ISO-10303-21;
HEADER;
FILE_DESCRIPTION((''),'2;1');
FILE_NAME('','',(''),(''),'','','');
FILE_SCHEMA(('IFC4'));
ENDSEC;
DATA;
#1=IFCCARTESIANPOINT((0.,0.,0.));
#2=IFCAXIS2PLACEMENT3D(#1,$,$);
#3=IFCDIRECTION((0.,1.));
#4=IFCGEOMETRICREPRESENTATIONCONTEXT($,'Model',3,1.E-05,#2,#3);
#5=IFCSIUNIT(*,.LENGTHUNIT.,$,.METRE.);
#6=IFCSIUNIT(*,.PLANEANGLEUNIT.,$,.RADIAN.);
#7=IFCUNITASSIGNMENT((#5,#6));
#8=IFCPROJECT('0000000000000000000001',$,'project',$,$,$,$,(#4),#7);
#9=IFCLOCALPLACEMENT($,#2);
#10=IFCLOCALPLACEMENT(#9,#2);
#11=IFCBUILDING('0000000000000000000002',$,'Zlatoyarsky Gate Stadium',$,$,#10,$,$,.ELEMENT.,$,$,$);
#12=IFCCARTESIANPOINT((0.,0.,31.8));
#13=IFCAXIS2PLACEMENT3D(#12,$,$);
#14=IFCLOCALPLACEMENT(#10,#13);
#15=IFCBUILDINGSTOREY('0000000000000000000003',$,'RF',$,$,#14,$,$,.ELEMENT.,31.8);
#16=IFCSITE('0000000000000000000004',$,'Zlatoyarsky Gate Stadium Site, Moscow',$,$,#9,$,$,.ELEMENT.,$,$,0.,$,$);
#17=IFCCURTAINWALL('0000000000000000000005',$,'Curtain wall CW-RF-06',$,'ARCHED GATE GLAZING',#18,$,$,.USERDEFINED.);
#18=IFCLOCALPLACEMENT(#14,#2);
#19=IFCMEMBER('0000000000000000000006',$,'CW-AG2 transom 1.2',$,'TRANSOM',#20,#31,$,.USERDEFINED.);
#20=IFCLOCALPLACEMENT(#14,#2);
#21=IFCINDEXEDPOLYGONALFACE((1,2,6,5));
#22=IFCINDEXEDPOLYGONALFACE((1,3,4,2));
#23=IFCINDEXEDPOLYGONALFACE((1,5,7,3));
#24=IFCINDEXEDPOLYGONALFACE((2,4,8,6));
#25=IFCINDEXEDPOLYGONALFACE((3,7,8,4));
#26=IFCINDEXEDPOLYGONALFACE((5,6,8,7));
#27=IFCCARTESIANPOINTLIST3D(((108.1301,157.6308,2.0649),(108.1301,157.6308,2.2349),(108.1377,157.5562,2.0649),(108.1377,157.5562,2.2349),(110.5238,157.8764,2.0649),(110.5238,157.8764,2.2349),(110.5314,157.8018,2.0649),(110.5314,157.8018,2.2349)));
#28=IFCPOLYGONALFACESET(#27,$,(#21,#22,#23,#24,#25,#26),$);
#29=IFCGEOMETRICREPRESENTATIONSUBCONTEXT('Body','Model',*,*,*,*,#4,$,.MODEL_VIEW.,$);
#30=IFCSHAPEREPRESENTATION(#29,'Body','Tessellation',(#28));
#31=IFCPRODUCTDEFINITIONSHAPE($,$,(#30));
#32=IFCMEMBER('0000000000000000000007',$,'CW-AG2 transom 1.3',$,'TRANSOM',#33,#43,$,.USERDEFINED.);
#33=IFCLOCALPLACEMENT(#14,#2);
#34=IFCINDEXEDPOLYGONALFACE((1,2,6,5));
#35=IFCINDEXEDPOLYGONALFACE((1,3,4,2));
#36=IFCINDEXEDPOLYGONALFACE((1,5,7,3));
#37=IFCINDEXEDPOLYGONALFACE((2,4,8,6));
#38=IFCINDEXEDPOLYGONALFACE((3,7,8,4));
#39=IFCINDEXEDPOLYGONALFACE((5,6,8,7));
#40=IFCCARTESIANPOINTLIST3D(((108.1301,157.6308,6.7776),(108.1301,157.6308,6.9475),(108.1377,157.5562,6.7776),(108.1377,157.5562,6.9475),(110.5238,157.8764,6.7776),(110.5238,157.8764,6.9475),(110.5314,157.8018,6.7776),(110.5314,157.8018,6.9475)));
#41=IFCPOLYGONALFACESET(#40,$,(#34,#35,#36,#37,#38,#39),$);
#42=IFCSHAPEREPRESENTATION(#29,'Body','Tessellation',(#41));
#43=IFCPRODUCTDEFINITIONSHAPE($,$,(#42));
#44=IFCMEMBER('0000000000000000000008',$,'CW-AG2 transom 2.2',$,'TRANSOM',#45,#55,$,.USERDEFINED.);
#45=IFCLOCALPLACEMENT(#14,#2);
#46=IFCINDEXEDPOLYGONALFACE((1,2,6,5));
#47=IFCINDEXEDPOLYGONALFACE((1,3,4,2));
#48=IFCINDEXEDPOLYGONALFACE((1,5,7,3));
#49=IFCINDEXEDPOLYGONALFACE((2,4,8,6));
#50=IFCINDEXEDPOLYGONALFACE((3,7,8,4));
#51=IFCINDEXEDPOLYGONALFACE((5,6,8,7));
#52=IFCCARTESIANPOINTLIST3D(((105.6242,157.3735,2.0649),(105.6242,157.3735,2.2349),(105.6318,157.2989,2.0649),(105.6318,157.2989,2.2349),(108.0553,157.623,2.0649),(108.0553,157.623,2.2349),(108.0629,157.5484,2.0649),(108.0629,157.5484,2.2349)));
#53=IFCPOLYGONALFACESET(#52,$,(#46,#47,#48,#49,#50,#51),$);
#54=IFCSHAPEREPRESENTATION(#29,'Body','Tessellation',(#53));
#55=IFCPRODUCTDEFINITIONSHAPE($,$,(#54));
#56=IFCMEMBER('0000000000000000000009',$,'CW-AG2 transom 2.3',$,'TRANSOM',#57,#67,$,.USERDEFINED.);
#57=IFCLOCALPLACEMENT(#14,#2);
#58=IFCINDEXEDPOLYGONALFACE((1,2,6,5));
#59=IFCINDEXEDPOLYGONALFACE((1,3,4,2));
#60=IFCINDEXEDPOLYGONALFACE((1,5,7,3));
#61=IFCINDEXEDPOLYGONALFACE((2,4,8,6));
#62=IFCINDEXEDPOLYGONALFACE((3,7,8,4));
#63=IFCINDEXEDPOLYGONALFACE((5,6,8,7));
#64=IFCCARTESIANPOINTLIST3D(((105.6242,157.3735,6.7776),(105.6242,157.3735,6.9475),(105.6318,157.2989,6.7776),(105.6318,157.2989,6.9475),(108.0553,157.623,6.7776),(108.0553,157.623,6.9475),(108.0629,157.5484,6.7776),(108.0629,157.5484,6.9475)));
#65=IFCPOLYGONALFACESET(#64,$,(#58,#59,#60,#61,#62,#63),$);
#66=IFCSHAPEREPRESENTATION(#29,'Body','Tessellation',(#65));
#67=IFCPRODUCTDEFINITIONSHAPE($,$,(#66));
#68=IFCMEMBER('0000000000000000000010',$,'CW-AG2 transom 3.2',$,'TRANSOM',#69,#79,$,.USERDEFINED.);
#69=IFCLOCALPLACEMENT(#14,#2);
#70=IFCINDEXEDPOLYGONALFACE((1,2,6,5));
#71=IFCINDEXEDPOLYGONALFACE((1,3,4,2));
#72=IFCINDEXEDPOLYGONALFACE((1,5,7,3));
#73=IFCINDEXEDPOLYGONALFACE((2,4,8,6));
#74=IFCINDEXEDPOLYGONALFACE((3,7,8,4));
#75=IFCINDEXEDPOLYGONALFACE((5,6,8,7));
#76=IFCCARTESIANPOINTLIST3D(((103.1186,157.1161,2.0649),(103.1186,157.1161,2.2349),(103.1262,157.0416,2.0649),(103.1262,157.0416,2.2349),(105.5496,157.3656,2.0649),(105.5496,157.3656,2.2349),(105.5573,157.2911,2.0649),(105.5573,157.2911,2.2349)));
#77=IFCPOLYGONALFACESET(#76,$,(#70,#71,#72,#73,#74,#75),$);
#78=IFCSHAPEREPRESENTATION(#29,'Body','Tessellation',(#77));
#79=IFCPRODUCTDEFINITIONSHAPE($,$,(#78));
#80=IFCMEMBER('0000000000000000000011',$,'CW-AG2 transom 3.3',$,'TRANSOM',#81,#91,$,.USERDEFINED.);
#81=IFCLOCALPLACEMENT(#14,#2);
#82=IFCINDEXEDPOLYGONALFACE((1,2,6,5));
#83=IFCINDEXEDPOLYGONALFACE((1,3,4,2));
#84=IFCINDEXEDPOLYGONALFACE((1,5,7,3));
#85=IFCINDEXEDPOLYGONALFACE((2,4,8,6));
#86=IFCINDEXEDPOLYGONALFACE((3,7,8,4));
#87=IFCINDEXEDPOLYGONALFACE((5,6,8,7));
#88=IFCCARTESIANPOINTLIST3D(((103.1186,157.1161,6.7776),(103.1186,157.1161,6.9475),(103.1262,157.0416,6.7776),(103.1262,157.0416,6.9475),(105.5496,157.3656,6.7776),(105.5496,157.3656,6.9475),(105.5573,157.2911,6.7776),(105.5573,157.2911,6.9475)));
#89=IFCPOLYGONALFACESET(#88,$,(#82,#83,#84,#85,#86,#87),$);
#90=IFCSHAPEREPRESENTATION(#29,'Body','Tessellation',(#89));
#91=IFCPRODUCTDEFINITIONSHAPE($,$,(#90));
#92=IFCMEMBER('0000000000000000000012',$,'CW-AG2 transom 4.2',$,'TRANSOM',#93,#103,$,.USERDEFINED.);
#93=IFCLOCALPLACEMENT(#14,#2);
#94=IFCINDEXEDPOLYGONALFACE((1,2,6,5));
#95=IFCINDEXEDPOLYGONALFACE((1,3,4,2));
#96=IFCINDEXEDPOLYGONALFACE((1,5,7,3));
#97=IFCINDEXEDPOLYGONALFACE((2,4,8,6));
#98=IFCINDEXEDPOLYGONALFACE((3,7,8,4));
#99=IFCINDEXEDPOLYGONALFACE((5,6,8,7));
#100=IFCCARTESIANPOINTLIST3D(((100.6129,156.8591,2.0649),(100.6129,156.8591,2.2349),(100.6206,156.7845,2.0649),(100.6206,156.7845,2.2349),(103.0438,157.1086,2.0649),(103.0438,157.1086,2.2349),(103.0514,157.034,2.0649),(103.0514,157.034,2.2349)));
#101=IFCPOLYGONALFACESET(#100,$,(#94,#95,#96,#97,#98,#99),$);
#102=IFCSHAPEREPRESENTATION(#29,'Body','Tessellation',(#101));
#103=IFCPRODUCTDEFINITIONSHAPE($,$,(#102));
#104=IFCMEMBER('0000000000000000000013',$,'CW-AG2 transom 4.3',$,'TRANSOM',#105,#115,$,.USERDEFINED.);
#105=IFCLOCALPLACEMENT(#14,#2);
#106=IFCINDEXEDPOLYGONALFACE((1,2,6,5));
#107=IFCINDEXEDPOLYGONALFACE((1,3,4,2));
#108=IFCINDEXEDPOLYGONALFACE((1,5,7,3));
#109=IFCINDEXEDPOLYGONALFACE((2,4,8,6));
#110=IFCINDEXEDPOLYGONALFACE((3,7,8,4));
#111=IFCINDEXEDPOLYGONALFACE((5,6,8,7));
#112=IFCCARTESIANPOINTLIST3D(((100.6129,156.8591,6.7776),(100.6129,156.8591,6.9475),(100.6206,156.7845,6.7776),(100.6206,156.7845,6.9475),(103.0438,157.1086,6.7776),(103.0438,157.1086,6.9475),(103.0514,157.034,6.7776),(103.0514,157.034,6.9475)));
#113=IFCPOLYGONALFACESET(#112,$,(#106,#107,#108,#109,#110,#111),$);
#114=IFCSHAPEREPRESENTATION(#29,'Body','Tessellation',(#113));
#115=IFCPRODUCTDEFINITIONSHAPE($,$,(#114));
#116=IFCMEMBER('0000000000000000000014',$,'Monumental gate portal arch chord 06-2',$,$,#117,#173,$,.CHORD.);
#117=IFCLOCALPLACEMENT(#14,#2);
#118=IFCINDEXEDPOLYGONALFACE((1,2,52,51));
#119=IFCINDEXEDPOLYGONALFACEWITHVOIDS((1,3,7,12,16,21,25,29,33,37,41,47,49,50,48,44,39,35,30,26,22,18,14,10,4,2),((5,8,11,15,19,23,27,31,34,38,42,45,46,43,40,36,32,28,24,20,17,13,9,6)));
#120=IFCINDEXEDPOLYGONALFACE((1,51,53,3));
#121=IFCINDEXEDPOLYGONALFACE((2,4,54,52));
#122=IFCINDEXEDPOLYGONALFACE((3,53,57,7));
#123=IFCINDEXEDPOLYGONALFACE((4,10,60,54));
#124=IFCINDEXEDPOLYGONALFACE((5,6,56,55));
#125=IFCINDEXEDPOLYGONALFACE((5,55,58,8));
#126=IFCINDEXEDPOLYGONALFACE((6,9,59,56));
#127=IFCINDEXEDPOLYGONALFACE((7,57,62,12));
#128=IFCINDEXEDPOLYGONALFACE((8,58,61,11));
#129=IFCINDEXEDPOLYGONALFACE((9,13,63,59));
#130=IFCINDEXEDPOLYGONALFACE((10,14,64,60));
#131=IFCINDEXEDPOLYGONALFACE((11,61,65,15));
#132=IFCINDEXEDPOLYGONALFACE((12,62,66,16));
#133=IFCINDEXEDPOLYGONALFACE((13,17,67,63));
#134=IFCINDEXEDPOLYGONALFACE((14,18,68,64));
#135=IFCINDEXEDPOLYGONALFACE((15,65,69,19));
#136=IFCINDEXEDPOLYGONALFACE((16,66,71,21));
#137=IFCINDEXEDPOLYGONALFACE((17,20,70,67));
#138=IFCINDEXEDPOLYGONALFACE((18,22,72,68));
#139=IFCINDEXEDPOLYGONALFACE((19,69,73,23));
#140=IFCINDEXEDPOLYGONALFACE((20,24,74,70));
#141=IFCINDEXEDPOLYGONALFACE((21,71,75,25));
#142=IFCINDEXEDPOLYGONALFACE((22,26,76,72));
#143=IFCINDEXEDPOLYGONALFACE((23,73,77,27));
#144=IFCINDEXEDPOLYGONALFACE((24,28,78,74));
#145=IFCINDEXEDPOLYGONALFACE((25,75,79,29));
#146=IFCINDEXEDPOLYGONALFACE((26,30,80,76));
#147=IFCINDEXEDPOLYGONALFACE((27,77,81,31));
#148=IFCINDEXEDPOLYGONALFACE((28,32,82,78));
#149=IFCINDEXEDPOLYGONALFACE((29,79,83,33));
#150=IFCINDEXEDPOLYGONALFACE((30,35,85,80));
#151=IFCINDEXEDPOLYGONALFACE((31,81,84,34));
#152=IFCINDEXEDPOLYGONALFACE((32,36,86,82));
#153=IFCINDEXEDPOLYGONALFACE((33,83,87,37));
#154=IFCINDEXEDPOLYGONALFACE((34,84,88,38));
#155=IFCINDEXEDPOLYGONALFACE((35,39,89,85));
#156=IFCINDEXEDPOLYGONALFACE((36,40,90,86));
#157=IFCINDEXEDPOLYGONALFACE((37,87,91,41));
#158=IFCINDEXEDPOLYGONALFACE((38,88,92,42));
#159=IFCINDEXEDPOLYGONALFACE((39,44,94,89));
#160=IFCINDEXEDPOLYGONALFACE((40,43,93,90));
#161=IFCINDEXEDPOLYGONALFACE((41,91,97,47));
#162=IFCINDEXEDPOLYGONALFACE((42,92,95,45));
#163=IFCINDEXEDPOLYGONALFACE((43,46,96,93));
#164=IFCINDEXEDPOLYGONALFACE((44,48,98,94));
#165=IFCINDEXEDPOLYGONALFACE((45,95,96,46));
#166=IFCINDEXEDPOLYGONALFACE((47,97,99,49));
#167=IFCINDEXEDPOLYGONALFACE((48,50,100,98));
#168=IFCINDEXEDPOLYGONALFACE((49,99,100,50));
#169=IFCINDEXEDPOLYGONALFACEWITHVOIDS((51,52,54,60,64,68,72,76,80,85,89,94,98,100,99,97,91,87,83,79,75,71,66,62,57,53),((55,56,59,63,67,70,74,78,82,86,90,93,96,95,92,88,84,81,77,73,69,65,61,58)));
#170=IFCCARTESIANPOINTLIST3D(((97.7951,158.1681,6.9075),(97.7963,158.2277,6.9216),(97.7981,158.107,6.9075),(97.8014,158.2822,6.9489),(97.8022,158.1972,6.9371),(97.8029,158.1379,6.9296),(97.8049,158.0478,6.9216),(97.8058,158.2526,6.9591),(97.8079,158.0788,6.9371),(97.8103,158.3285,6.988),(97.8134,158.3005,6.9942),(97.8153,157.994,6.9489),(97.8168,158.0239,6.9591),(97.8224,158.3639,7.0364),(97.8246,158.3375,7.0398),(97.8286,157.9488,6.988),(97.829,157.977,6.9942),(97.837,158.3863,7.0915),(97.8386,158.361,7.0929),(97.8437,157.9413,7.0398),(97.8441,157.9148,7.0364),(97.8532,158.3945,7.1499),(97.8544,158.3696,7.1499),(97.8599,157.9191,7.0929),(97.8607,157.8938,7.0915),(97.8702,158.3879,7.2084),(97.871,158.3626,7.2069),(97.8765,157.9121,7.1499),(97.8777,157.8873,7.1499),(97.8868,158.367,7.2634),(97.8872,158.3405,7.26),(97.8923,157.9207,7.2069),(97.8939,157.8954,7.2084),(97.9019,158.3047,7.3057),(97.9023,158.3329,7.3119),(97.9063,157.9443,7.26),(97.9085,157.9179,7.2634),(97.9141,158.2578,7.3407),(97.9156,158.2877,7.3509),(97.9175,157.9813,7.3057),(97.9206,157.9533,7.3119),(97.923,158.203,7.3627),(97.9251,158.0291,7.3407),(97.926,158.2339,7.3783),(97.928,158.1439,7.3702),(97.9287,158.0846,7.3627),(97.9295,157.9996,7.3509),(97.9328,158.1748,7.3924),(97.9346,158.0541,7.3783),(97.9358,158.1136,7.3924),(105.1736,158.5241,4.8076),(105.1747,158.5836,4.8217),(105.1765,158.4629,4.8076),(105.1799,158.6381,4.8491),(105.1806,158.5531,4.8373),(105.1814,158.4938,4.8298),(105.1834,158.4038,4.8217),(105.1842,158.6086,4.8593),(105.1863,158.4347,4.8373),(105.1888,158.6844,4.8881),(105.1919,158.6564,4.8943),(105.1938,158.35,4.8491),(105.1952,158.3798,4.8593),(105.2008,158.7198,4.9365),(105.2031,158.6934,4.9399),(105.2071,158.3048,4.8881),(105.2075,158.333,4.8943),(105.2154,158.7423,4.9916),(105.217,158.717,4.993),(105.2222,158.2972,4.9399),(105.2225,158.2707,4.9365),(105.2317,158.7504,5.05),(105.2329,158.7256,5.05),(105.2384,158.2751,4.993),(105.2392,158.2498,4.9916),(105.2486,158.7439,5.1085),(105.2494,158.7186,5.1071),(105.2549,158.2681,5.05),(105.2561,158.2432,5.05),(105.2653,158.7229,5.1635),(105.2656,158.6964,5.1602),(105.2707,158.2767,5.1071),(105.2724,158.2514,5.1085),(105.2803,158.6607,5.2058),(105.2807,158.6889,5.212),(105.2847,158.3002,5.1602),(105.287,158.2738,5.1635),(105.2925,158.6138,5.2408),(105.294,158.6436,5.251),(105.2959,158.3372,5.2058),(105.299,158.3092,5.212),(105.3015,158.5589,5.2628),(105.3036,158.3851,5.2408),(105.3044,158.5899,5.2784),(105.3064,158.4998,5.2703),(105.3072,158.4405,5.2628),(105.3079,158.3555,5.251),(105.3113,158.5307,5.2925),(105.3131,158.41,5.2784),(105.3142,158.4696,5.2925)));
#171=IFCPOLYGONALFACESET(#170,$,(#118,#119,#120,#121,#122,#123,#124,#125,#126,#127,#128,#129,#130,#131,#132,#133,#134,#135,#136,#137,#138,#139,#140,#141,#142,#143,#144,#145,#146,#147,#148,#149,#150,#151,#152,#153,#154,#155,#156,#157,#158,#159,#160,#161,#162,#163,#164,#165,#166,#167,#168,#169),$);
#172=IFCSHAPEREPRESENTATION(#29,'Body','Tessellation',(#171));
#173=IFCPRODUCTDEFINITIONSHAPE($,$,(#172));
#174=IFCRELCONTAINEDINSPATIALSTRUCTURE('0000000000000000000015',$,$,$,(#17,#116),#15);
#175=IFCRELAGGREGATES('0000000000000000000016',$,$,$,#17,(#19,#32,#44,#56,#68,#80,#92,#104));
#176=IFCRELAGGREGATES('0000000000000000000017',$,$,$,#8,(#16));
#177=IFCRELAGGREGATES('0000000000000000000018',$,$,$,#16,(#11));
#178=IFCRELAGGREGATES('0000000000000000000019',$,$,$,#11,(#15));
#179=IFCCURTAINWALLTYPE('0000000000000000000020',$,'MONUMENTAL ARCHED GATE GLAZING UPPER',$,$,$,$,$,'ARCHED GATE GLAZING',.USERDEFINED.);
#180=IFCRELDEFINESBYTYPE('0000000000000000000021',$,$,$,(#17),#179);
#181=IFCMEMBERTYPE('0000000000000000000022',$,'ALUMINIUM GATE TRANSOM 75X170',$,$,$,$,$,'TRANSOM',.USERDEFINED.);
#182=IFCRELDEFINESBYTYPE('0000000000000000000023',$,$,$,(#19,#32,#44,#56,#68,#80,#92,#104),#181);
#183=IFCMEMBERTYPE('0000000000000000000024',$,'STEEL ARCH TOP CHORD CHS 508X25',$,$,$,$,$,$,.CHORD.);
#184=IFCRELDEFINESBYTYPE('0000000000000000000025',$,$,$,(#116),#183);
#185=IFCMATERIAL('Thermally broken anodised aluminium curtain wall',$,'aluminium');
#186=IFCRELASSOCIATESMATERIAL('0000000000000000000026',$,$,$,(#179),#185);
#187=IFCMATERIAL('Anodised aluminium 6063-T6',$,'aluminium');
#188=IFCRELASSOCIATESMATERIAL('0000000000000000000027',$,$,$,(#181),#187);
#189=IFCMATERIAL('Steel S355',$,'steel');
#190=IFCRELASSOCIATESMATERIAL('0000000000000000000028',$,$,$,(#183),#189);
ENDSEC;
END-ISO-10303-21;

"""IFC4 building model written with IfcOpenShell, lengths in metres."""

from ifc_helpers import new_model, si_unit, direction, frame, origin, origin_2d, place, context, subcontext, project, spatial, rectangle, hollow_circle, extrude, material, material_profile, profile_set, type_object, element, aggregate, save


model = new_model("IFC4")

# Units and contexts
model_context = context("Model", 3, precision=1e-05, world=origin(), true_north=direction((0.0, 1.0)))
body_context = subcontext(model_context, "Body", "Model", "MODEL_VIEW")
ifc_project = project(units=[si_unit("LENGTHUNIT", "METRE"), si_unit("PLANEANGLEUNIT", "RADIAN")], contexts=[model_context])

# Site, building, storey
site_placement = place(None, origin())
site = spatial("IfcSite", under=ifc_project, at=site_placement, Name="Zlatoyarsky Gate Stadium Site, Moscow", CompositionType="ELEMENT", RefElevation=0.0)
building_placement = place(site_placement, origin())
building = spatial("IfcBuilding", under=site, at=building_placement, Name="Zlatoyarsky Gate Stadium", CompositionType="ELEMENT")
storey_placement = place(building_placement, frame((0.0, 0.0, 31.8)))
storey = spatial("IfcBuildingStorey", under=building, at=storey_placement, Name="RF", CompositionType="ELEMENT", Elevation=31.8)

# Curtain wall, members
ifc_material_1 = material(Name="Thermally broken anodised aluminium curtain wall", Category="aluminium")
curtain_wall_type = type_object("IfcCurtainWallType", Name="MONUMENTAL ARCHED GATE GLAZING UPPER", ElementType="ARCHED GATE GLAZING", PredefinedType="USERDEFINED", material=ifc_material_1)
curtain_wall_placement = place(storey_placement, origin())
curtain_wall = element("IfcCurtainWall", 1, at=curtain_wall_placement, inside=storey, type_object=curtain_wall_type, Name="Curtain wall CW-RF-06", ObjectType="ARCHED GATE GLAZING", PredefinedType="USERDEFINED")
ifc_material_2 = material(Name="Anodised aluminium 6063-T6", Category="aluminium")
ifc_material_profile_1 = material_profile(ifc_material_2, rectangle(XDim=0.075, YDim=0.1699, at=origin_2d()), Name="ALU 75X170")
ifc_profile_set_1 = profile_set([ifc_material_profile_1], Name="Anodised aluminium 6063-T6")
member_type_1 = type_object("IfcMemberType", Name="ALUMINIUM GATE TRANSOM 75X170", ElementType="TRANSOM", PredefinedType="USERDEFINED", material=ifc_profile_set_1)
member_1_placement = place(storey_placement, frame((110.5276, 157.8391, 2.1499), z_axis=(-0.994778, -0.102065, 0.0), x_axis=(0.102065, -0.994778, 0.0)))
member_1 = element("IfcMember", 2, at=member_1_placement, type_object=member_type_1, Name="CW-AG2 transom 1.2", ObjectType="TRANSOM", PredefinedType="USERDEFINED", context=body_context, shape_type="SweptSolid", body=[
    extrude(rectangle(XDim=0.075, YDim=0.1699, at=origin_2d()), origin(), (0.0, 0.0, 1.0), 2.4062),
])
member_2_placement = place(storey_placement, frame((110.5276, 157.8391, 6.8625), z_axis=(-0.994778, -0.102065, 0.0), x_axis=(0.102065, -0.994778, 0.0)))
member_2 = element("IfcMember", 3, at=member_2_placement, type_object=member_type_1, Name="CW-AG2 transom 1.3", ObjectType="TRANSOM", PredefinedType="USERDEFINED", context=body_context, shape_type="SweptSolid", body=[
    extrude(rectangle(XDim=0.075, YDim=0.1699, at=origin_2d()), origin(), (0.0, 0.0, 1.0), 2.4062),
])
member_3_placement = place(storey_placement, frame((108.0591, 157.5857, 2.1499), z_axis=(-0.994775, -0.102095, 0.0), x_axis=(0.102095, -0.994775, 0.0)))
member_3 = element("IfcMember", 4, at=member_3_placement, type_object=member_type_1, Name="CW-AG2 transom 2.2", ObjectType="TRANSOM", PredefinedType="USERDEFINED", context=body_context, shape_type="SweptSolid", body=[
    extrude(rectangle(XDim=0.075, YDim=0.1699, at=origin_2d()), origin(), (0.0, 0.0, 1.0), 2.4438),
])
member_4_placement = place(storey_placement, frame((108.0591, 157.5857, 6.8625), z_axis=(-0.994775, -0.102095, 0.0), x_axis=(0.102095, -0.994775, 0.0)))
member_4 = element("IfcMember", 5, at=member_4_placement, type_object=member_type_1, Name="CW-AG2 transom 2.3", ObjectType="TRANSOM", PredefinedType="USERDEFINED", context=body_context, shape_type="SweptSolid", body=[
    extrude(rectangle(XDim=0.075, YDim=0.1699, at=origin_2d()), origin(), (0.0, 0.0, 1.0), 2.4438),
])
member_5_placement = place(storey_placement, frame((105.5535, 157.3284, 2.1499), z_axis=(-0.994775, -0.102095, 0.0), x_axis=(0.102095, -0.994775, 0.0)))
member_5 = element("IfcMember", 6, at=member_5_placement, type_object=member_type_1, Name="CW-AG2 transom 3.2", ObjectType="TRANSOM", PredefinedType="USERDEFINED", context=body_context, shape_type="SweptSolid", body=[
    extrude(rectangle(XDim=0.075, YDim=0.1699, at=origin_2d()), origin(), (0.0, 0.0, 1.0), 2.4438),
])
member_6_placement = place(storey_placement, frame((105.5535, 157.3284, 6.8625), z_axis=(-0.994775, -0.102095, 0.0), x_axis=(0.102095, -0.994775, 0.0)))
member_6 = element("IfcMember", 7, at=member_6_placement, type_object=member_type_1, Name="CW-AG2 transom 3.3", ObjectType="TRANSOM", PredefinedType="USERDEFINED", context=body_context, shape_type="SweptSolid", body=[
    extrude(rectangle(XDim=0.075, YDim=0.1699, at=origin_2d()), origin(), (0.0, 0.0, 1.0), 2.4438),
])
member_7_placement = place(storey_placement, frame((103.0476, 157.0713, 2.1499), z_axis=(-0.994774, -0.102105, 0.0), x_axis=(0.102105, -0.994774, 0.0)))
member_7 = element("IfcMember", 8, at=member_7_placement, type_object=member_type_1, Name="CW-AG2 transom 4.2", ObjectType="TRANSOM", PredefinedType="USERDEFINED", context=body_context, shape_type="SweptSolid", body=[
    extrude(rectangle(XDim=0.075, YDim=0.1699, at=origin_2d()), origin(), (0.0, 0.0, 1.0), 2.4436),
])
member_8_placement = place(storey_placement, frame((103.0476, 157.0713, 6.8625), z_axis=(-0.994774, -0.102105, 0.0), x_axis=(0.102105, -0.994774, 0.0)))
member_8 = element("IfcMember", 9, at=member_8_placement, type_object=member_type_1, Name="CW-AG2 transom 4.3", ObjectType="TRANSOM", PredefinedType="USERDEFINED", context=body_context, shape_type="SweptSolid", body=[
    extrude(rectangle(XDim=0.075, YDim=0.1699, at=origin_2d()), origin(), (0.0, 0.0, 1.0), 2.4436),
])

# Member
ifc_material_3 = material(Name="Steel S355", Category="steel")
ifc_material_profile_2 = material_profile(ifc_material_3, hollow_circle(Radius=0.2539, WallThickness=0.0249, at=origin_2d()), Name="CHS 508X25")
ifc_profile_set_2 = profile_set([ifc_material_profile_2], Name="Steel S355")
member_type_2 = type_object("IfcMemberType", Name="STEEL ARCH TOP CHORD CHS 508X25", PredefinedType="CHORD", material=ifc_profile_set_2)
member_9_placement = place(storey_placement, frame((105.2439, 158.4968, 5.05), z_axis=(-0.960774, -0.046351, 0.273431), x_axis=(0.048187, -0.998838, 0.0)))
element("IfcMember", 10, at=member_9_placement, inside=storey, type_object=member_type_2, Name="Monumental gate portal arch chord 06-2", PredefinedType="CHORD", context=body_context, shape_type="SweptSolid", body=[
    extrude(hollow_circle(Radius=0.2539, WallThickness=0.0249, at=origin_2d()), origin(), (0.0, 0.0, 1.0), 7.6797),
])

aggregate(curtain_wall, [member_1, member_2, member_3, member_4, member_5, member_6, member_7, member_8])

save(model, "model.ifc")
